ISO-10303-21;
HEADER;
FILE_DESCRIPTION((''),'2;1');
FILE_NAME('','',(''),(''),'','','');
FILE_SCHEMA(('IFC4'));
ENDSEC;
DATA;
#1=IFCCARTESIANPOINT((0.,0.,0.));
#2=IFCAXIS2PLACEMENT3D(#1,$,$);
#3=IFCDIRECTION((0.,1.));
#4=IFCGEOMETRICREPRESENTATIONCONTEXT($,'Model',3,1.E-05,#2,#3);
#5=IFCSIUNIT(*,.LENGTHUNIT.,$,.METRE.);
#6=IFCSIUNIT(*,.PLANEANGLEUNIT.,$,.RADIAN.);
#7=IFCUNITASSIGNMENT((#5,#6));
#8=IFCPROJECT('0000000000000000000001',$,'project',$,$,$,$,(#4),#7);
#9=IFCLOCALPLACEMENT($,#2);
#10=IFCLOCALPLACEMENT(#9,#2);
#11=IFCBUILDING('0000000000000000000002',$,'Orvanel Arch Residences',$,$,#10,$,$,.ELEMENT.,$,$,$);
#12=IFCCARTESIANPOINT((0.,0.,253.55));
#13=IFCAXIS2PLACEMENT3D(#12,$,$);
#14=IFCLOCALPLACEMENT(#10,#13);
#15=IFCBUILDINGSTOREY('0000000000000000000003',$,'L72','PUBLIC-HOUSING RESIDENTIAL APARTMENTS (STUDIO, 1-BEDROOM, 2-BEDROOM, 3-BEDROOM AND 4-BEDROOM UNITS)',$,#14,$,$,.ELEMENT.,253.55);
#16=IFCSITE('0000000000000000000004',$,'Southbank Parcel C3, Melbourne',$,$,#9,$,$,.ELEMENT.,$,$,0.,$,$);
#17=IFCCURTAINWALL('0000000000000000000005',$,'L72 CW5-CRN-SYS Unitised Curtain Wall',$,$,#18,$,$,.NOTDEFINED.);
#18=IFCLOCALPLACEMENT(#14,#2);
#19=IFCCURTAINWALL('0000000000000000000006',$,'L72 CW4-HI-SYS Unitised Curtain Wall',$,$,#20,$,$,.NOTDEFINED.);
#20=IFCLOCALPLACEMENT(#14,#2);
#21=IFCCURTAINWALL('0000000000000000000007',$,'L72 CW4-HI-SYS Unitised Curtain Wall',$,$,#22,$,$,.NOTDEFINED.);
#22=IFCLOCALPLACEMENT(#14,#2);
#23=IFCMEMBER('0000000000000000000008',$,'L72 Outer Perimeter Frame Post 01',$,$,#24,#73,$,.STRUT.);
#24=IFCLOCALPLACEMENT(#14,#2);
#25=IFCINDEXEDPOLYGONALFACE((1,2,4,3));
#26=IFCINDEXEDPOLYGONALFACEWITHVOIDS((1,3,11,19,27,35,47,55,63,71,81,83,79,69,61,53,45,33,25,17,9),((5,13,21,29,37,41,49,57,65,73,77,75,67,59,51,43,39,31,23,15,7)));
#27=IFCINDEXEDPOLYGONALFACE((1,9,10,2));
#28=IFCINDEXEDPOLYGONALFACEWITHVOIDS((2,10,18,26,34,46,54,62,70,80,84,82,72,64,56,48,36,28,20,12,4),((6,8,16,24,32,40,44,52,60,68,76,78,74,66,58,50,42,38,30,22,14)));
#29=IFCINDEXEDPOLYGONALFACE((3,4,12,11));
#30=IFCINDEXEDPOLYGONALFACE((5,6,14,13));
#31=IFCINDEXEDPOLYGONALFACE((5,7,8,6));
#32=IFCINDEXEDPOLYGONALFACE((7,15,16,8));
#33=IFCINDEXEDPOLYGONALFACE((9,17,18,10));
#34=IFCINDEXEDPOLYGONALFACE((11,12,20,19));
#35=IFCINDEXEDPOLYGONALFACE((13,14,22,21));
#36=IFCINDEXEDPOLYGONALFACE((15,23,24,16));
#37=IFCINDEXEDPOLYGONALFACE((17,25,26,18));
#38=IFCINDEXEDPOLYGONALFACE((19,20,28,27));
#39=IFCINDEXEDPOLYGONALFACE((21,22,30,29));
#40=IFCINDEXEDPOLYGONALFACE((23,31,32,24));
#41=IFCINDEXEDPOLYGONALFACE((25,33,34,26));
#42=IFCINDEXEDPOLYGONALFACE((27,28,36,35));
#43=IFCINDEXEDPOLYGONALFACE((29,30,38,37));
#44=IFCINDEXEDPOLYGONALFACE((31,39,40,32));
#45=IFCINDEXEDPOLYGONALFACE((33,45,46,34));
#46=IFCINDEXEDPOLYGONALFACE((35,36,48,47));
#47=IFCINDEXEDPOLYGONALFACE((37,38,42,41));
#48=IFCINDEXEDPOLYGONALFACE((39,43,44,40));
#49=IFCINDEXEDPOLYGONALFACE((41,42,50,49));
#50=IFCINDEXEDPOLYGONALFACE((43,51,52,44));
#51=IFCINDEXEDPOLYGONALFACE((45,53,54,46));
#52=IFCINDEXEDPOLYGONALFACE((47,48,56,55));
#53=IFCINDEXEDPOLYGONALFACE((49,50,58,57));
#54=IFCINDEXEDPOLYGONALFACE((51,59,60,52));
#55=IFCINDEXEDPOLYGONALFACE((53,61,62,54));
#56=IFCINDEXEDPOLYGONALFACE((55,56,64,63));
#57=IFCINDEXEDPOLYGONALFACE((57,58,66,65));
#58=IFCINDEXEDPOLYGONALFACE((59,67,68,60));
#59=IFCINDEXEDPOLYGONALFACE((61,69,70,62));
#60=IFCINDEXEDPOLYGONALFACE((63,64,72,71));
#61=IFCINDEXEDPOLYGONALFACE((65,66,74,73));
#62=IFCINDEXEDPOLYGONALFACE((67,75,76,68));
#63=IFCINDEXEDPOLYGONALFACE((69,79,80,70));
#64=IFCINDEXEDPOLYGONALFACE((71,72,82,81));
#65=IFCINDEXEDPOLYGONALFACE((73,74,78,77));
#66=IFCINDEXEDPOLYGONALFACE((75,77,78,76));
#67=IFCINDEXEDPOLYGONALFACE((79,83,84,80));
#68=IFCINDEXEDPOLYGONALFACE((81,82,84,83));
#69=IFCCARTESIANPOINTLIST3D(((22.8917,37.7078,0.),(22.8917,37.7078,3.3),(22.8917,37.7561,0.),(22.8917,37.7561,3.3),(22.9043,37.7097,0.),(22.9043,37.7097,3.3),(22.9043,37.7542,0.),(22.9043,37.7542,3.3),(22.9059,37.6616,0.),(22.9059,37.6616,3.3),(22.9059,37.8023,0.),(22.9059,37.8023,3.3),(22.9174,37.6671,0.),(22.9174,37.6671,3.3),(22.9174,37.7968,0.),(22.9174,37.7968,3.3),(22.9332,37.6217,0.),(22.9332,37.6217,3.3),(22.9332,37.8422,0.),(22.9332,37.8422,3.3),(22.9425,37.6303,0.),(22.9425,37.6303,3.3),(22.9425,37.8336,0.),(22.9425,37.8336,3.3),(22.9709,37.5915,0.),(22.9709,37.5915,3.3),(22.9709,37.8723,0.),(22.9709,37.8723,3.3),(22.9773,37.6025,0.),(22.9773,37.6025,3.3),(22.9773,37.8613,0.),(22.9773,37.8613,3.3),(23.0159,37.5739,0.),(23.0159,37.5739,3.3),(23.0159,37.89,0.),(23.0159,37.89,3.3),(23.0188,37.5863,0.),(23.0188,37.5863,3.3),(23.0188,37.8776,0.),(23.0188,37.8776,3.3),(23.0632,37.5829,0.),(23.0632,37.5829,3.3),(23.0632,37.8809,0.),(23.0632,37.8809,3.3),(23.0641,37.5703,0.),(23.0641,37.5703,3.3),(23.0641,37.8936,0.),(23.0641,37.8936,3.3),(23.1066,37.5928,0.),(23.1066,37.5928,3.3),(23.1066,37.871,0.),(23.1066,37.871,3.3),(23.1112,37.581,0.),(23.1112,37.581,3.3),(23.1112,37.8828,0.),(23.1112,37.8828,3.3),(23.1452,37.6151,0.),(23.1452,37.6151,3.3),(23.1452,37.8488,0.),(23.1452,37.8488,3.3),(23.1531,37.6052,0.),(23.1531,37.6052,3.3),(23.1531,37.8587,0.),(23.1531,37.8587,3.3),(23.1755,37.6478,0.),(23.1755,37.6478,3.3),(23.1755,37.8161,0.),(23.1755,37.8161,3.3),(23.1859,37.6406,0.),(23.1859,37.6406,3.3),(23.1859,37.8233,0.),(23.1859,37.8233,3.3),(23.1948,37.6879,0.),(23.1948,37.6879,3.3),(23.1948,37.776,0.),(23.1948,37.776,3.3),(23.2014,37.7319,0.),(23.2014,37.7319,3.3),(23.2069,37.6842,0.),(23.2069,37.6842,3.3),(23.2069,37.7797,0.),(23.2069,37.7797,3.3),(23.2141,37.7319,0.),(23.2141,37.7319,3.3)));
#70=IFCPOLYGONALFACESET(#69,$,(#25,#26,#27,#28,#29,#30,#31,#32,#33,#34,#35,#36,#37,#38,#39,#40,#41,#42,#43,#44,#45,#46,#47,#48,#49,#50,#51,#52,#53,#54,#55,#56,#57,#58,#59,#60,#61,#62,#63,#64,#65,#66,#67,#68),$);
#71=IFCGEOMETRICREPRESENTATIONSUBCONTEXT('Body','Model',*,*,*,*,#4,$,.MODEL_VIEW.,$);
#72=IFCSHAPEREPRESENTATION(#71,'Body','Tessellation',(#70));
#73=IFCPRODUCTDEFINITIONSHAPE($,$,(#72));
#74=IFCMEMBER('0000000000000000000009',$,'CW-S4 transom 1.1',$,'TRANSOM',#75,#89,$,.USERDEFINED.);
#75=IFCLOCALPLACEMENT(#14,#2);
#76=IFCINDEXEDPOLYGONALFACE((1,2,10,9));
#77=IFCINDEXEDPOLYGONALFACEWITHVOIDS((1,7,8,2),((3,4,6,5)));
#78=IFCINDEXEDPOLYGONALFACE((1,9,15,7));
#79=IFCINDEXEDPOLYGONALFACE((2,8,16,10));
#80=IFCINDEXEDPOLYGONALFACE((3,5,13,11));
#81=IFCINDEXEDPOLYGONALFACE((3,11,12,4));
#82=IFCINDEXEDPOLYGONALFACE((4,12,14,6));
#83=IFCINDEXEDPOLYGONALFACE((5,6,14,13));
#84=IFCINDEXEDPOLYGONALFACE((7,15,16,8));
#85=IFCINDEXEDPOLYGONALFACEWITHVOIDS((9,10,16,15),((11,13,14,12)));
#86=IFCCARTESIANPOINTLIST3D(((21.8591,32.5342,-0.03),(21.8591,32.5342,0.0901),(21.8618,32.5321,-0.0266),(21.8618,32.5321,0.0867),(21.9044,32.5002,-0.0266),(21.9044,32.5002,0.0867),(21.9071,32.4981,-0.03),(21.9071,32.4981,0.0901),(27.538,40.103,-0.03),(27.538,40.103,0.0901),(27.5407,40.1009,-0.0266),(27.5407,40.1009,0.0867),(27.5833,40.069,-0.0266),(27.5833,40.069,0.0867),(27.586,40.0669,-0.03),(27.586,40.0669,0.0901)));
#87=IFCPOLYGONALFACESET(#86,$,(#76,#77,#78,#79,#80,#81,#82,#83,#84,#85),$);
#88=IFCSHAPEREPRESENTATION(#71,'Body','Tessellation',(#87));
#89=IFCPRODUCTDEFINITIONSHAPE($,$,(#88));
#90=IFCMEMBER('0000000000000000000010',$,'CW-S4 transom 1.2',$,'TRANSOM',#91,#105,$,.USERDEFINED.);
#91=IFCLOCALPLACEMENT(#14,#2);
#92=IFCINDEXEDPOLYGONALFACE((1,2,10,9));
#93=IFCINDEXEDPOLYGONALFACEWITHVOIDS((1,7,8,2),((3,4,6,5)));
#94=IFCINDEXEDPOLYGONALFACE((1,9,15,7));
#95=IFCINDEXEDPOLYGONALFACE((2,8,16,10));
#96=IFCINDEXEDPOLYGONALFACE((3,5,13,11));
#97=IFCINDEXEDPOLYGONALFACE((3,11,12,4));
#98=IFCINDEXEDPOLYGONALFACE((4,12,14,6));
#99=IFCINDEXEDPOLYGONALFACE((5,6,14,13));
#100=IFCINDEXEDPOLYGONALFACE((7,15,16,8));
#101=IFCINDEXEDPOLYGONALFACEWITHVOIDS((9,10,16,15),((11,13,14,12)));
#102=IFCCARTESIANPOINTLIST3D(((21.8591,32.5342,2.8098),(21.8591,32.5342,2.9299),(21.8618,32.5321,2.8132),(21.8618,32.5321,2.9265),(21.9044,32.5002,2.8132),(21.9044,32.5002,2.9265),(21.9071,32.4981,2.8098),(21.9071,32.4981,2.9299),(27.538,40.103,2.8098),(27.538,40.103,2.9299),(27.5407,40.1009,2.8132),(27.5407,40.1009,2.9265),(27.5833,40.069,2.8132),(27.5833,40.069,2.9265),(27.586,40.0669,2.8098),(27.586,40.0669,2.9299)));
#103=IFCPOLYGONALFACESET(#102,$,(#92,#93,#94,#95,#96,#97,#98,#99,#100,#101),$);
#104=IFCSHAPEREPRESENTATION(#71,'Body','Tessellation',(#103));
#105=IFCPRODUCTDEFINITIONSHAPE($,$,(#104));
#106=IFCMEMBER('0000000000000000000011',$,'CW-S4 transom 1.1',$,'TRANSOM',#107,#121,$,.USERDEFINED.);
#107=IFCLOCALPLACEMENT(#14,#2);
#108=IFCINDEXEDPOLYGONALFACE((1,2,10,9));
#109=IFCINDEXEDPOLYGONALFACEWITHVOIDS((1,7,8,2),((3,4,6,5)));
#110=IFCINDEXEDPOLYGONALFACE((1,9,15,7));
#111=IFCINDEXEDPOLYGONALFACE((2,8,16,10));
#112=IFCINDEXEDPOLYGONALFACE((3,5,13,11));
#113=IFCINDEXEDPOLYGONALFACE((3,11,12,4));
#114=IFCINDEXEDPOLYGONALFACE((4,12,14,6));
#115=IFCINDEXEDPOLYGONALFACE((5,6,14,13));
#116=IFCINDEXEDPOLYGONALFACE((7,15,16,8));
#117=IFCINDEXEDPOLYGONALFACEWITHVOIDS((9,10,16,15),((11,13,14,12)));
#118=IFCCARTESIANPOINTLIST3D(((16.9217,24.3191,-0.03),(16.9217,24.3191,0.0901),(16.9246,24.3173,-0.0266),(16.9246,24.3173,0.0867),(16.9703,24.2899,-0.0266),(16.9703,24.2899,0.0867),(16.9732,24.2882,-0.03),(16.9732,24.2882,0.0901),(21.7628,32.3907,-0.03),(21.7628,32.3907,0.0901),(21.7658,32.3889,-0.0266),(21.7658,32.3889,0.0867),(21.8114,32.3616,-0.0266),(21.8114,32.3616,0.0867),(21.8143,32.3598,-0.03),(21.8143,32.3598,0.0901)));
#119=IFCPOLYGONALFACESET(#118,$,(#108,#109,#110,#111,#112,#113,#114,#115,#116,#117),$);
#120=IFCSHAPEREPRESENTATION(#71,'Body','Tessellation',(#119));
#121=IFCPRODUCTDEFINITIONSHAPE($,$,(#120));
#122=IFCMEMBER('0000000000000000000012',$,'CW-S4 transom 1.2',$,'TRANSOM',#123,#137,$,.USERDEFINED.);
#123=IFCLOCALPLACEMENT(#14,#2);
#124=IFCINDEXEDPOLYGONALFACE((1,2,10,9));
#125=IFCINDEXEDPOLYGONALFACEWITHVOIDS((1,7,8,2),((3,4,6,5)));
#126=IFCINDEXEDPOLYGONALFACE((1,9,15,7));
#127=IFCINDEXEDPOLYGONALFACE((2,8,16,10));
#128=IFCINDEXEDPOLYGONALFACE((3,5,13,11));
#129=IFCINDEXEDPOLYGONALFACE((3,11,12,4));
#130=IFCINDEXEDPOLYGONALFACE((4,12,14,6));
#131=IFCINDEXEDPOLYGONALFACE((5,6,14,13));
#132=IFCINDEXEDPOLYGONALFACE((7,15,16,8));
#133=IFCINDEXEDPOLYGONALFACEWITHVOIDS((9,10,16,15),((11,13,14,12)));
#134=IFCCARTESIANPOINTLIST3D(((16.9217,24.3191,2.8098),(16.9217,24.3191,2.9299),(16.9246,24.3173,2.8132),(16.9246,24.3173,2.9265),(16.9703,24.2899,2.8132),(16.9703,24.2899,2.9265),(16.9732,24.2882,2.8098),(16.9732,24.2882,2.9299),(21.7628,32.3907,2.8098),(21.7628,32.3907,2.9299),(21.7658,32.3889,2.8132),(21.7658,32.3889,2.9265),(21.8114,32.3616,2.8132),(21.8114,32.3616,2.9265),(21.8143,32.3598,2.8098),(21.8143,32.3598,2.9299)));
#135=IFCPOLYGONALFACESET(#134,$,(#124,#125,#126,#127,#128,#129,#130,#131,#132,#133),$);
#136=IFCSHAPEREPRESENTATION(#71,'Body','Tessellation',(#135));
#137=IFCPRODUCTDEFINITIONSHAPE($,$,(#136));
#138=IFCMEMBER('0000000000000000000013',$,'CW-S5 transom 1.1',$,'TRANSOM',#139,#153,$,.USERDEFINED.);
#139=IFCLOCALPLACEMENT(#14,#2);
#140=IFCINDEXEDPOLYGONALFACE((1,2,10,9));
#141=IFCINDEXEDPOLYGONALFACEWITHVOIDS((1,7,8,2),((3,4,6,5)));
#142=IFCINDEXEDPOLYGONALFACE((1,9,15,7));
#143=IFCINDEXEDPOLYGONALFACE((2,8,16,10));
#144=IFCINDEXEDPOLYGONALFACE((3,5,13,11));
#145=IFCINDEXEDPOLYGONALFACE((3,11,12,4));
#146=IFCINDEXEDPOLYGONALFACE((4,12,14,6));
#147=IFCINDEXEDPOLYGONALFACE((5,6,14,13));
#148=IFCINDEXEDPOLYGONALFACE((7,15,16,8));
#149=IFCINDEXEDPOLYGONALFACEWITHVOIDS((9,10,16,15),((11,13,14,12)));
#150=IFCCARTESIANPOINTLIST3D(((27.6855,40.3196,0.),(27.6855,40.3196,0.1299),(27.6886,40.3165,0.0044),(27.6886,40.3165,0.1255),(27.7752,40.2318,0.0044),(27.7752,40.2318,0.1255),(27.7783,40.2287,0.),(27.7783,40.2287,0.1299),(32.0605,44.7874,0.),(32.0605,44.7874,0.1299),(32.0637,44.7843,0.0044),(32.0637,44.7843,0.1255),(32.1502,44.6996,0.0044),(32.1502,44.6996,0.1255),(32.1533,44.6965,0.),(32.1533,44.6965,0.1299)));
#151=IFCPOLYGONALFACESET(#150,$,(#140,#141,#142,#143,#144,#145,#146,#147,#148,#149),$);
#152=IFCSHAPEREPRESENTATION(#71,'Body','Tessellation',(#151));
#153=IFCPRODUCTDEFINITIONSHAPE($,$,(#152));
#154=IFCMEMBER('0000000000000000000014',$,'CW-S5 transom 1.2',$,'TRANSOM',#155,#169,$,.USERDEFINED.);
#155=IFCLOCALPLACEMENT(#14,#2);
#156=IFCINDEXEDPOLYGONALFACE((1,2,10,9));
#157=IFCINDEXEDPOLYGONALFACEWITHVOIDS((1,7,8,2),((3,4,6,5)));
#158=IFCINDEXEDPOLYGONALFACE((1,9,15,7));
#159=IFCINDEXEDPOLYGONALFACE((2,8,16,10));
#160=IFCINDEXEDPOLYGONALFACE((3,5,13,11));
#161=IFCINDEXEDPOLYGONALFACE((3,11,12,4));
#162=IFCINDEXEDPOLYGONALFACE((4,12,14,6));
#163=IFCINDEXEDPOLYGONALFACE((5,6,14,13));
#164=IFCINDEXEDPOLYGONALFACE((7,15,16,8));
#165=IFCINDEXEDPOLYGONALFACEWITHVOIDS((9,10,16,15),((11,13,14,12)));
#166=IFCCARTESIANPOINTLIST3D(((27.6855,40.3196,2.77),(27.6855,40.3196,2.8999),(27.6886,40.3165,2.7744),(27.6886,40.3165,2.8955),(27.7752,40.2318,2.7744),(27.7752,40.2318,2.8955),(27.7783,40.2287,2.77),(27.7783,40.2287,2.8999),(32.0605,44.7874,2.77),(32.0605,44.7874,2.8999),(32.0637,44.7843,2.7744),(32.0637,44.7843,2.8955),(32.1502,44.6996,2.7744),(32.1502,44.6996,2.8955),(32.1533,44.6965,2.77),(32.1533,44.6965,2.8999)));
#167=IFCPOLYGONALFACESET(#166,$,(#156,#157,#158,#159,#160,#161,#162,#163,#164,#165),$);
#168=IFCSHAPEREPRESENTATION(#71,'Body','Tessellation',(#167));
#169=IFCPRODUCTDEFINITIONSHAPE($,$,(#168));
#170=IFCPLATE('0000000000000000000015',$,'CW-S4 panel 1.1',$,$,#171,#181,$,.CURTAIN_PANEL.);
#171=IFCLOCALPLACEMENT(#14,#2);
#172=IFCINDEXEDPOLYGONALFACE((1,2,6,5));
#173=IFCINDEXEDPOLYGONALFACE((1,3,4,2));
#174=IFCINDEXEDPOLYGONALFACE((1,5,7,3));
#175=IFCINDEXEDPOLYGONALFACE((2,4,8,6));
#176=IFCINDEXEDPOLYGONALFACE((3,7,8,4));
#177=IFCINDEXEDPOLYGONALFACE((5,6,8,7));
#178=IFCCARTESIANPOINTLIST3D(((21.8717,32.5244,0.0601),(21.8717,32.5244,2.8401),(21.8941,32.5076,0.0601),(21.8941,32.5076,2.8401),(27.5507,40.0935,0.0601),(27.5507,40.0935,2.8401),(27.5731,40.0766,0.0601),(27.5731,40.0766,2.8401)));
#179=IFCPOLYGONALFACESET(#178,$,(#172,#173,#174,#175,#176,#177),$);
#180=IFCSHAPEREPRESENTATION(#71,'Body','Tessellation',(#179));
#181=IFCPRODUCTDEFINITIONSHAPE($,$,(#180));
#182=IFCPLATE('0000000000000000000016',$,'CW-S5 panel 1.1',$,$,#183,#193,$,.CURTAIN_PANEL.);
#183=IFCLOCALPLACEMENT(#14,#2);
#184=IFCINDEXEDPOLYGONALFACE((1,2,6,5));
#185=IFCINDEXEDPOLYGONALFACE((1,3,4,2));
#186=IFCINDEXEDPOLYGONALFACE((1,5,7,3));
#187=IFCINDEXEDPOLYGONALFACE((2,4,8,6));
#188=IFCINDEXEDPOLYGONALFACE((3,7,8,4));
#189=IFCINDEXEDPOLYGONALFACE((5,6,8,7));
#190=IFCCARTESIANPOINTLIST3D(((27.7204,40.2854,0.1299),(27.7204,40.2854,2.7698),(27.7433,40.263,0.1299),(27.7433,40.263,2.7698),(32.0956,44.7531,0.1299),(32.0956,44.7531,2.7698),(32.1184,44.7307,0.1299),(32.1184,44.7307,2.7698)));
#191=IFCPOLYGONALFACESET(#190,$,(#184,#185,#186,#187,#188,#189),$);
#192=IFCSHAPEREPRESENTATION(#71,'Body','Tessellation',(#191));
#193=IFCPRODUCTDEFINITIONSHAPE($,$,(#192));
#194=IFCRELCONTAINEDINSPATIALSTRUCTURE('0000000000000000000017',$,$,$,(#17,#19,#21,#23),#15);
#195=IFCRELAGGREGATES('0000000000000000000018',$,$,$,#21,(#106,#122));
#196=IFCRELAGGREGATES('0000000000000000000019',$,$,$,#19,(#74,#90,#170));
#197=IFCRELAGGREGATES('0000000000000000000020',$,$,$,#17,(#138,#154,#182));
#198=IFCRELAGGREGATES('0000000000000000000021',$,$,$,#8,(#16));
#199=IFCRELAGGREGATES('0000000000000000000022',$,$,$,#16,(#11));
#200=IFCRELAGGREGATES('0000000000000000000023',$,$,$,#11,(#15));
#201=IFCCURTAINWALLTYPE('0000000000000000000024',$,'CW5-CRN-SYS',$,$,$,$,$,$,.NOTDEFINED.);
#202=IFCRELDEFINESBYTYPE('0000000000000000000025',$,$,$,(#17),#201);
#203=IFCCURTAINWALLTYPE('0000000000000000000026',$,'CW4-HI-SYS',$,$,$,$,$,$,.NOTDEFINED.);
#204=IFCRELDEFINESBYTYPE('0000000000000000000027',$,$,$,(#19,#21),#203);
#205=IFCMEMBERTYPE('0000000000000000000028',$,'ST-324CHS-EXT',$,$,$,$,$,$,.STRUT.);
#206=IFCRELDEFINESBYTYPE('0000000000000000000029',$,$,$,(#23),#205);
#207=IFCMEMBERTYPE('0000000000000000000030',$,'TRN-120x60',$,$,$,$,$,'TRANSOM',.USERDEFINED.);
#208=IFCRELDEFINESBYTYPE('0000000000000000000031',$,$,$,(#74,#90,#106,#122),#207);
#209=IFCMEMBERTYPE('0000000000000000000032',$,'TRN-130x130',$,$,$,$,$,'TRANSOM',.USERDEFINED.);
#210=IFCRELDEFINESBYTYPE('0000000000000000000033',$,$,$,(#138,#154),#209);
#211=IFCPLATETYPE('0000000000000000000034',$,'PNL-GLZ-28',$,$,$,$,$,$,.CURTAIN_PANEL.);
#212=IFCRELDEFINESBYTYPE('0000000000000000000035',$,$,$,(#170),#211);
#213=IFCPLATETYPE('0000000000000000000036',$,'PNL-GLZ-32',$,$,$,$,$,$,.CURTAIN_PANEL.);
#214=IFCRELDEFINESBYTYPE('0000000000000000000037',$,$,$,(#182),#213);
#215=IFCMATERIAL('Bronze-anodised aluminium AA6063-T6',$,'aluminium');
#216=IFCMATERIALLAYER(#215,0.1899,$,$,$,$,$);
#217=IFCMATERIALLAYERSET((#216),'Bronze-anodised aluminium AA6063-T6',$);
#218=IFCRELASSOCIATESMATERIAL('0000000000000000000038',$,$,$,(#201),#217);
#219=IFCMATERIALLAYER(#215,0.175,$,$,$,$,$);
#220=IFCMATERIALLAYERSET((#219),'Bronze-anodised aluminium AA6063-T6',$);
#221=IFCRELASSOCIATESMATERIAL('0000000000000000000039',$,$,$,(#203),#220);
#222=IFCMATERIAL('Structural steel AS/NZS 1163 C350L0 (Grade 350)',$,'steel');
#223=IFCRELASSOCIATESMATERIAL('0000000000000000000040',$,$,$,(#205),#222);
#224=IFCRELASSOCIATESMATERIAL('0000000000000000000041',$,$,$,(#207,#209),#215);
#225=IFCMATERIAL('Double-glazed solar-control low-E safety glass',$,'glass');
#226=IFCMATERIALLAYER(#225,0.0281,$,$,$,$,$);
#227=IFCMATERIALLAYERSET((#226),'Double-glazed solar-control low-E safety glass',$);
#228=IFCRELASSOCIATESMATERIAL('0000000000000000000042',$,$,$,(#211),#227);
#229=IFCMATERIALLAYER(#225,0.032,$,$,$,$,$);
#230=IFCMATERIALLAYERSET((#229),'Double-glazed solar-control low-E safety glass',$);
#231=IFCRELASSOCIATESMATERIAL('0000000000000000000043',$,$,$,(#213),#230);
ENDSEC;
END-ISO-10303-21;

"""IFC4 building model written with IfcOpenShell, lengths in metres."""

from ifc_helpers import new_model, si_unit, direction, frame, origin, origin_2d, place, context, subcontext, project, spatial, rectangle, hollow_rectangle, hollow_circle, extrude, material, layer, layer_set, material_profile, profile_set, type_object, element, aggregate, save


model = new_model("IFC4")

# Units and contexts
model_context = context("Model", 3, precision=1e-05, world=origin(), true_north=direction((0.0, 1.0)))
body_context = subcontext(model_context, "Body", "Model", "MODEL_VIEW")
ifc_project = project(units=[si_unit("LENGTHUNIT", "METRE"), si_unit("PLANEANGLEUNIT", "RADIAN")], contexts=[model_context])

# Site, building, storey
site_placement = place(None, origin())
site = spatial("IfcSite", under=ifc_project, at=site_placement, Name="Southbank Parcel C3, Melbourne", CompositionType="ELEMENT", RefElevation=0.0)
building_placement = place(site_placement, origin())
building = spatial("IfcBuilding", under=site, at=building_placement, Name="Orvanel Arch Residences", CompositionType="ELEMENT")
storey_placement = place(building_placement, frame((0.0, 0.0, 253.55)))
storey = spatial("IfcBuildingStorey", under=building, at=storey_placement, Name="L72", Description="PUBLIC-HOUSING RESIDENTIAL APARTMENTS (STUDIO, 1-BEDROOM, 2-BEDROOM, 3-BEDROOM AND 4-BEDROOM UNITS)", CompositionType="ELEMENT", Elevation=253.55)

# Shared definitions
ifc_material_1 = material(Name="Bronze-anodised aluminium AA6063-T6", Category="aluminium")
ifc_layer_1 = layer(ifc_material_1, 0.1899)
ifc_layer_set_1 = layer_set([ifc_layer_1], Name="Bronze-anodised aluminium AA6063-T6")
curtain_wall_type_1 = type_object("IfcCurtainWallType", Name="CW5-CRN-SYS", PredefinedType="NOTDEFINED", material=ifc_layer_set_1)

# Curtain walls
curtain_wall_1_placement = place(storey_placement, origin())
curtain_wall_1 = element("IfcCurtainWall", 1, at=curtain_wall_1_placement, inside=storey, type_object=curtain_wall_type_1, Name="L72 CW5-CRN-SYS Unitised Curtain Wall", PredefinedType="NOTDEFINED")
ifc_layer_2 = layer(ifc_material_1, 0.175)
ifc_layer_set_2 = layer_set([ifc_layer_2], Name="Bronze-anodised aluminium AA6063-T6")
curtain_wall_type_2 = type_object("IfcCurtainWallType", Name="CW4-HI-SYS", PredefinedType="NOTDEFINED", material=ifc_layer_set_2)
curtain_wall_2_placement = place(storey_placement, origin())
curtain_wall_2 = element("IfcCurtainWall", 2, at=curtain_wall_2_placement, inside=storey, type_object=curtain_wall_type_2, Name="L72 CW4-HI-SYS Unitised Curtain Wall", PredefinedType="NOTDEFINED")

# Curtain wall
curtain_wall_3_placement = place(storey_placement, origin())
curtain_wall_3 = element("IfcCurtainWall", 3, at=curtain_wall_3_placement, inside=storey, type_object=curtain_wall_type_2, Name="L72 CW4-HI-SYS Unitised Curtain Wall", PredefinedType="NOTDEFINED")

# Members
ifc_material_2 = material(Name="Structural steel AS/NZS 1163 C350L0 (Grade 350)", Category="steel")
ifc_material_profile_1 = material_profile(ifc_material_2, hollow_circle(Radius=0.1621, WallThickness=0.0127, at=origin_2d()), Name="CHS324x12.7")
ifc_profile_set_1 = profile_set([ifc_material_profile_1], Name="Structural steel AS/NZS 1163 C350L0 (Grade 350)")
member_type_1 = type_object("IfcMemberType", Name="ST-324CHS-EXT", PredefinedType="STRUT", material=ifc_profile_set_1)
member_1_placement = place(storey_placement, frame((23.052, 37.7319, 0.0), z_axis=(0.0, 0.0, 1.0), x_axis=(1.0, 0.0, 0.0)))
element("IfcMember", 4, at=member_1_placement, inside=storey, type_object=member_type_1, Name="L72 Outer Perimeter Frame Post 01", PredefinedType="STRUT", context=body_context, shape_type="SweptSolid", body=[
    extrude(hollow_circle(Radius=0.1621, WallThickness=0.0127, at=origin_2d()), origin(), (0.0, 0.0, 1.0), 3.3),
])
ifc_material_profile_2 = material_profile(ifc_material_1, hollow_rectangle(XDim=0.0601, YDim=0.1201, WallThickness=0.0034, at=origin_2d()), Name="ALU120x60x3.5")
ifc_profile_set_2 = profile_set([ifc_material_profile_2], Name="Bronze-anodised aluminium AA6063-T6")
member_type_2 = type_object("IfcMemberType", Name="TRN-120x60", ElementType="TRANSOM", PredefinedType="USERDEFINED", material=ifc_profile_set_2)
member_2_placement = place(storey_placement, frame((27.562, 40.085, 0.03), z_axis=(-0.600157, -0.799882, 0.0), x_axis=(0.799882, -0.600157, 0.0)))
member_2 = element("IfcMember", 5, at=member_2_placement, type_object=member_type_2, Name="CW-S4 transom 1.1", ObjectType="TRANSOM", PredefinedType="USERDEFINED", context=body_context, shape_type="SweptSolid", body=[
    extrude(hollow_rectangle(XDim=0.0601, YDim=0.1201, WallThickness=0.0034, at=origin_2d()), origin(), (0.0, 0.0, 1.0), 9.4624),
])
member_3_placement = place(storey_placement, frame((27.562, 40.085, 2.8699), z_axis=(-0.600157, -0.799882, 0.0), x_axis=(0.799882, -0.600157, 0.0)))
member_3 = element("IfcMember", 6, at=member_3_placement, type_object=member_type_2, Name="CW-S4 transom 1.2", ObjectType="TRANSOM", PredefinedType="USERDEFINED", context=body_context, shape_type="SweptSolid", body=[
    extrude(hollow_rectangle(XDim=0.0601, YDim=0.1201, WallThickness=0.0034, at=origin_2d()), origin(), (0.0, 0.0, 1.0), 9.4624),
])
member_4_placement = place(storey_placement, frame((21.7886, 32.3752, 0.03), z_axis=(-0.514351, -0.85758, 0.0), x_axis=(0.85758, -0.514351, 0.0)))
member_4 = element("IfcMember", 7, at=member_4_placement, type_object=member_type_2, Name="CW-S4 transom 1.1", ObjectType="TRANSOM", PredefinedType="USERDEFINED", context=body_context, shape_type="SweptSolid", body=[
    extrude(hollow_rectangle(XDim=0.0601, YDim=0.1201, WallThickness=0.0034, at=origin_2d()), origin(), (0.0, 0.0, 1.0), 9.4121),
])
member_5_placement = place(storey_placement, frame((21.7886, 32.3752, 2.8699), z_axis=(-0.514351, -0.85758, 0.0), x_axis=(0.85758, -0.514351, 0.0)))
member_5 = element("IfcMember", 8, at=member_5_placement, type_object=member_type_2, Name="CW-S4 transom 1.2", ObjectType="TRANSOM", PredefinedType="USERDEFINED", context=body_context, shape_type="SweptSolid", body=[
    extrude(hollow_rectangle(XDim=0.0601, YDim=0.1201, WallThickness=0.0034, at=origin_2d()), origin(), (0.0, 0.0, 1.0), 9.4121),
])
aggregate(curtain_wall_3, [member_4, member_5])
ifc_material_profile_3 = material_profile(ifc_material_1, hollow_rectangle(XDim=0.1299, YDim=0.1299, WallThickness=0.0044, at=origin_2d()), Name="ALU130x130x4.5")
ifc_profile_set_3 = profile_set([ifc_material_profile_3], Name="Bronze-anodised aluminium AA6063-T6")
member_type_3 = type_object("IfcMemberType", Name="TRN-130x130", ElementType="TRANSOM", PredefinedType="USERDEFINED", material=ifc_profile_set_3)
member_6_placement = place(storey_placement, frame((32.1069, 44.7419, 0.0649), z_axis=(-0.69965, -0.714486, 0.0), x_axis=(0.714486, -0.69965, 0.0)))
member_6 = element("IfcMember", 9, at=member_6_placement, type_object=member_type_3, Name="CW-S5 transom 1.1", ObjectType="TRANSOM", PredefinedType="USERDEFINED", context=body_context, shape_type="SweptSolid", body=[
    extrude(hollow_rectangle(XDim=0.1299, YDim=0.1299, WallThickness=0.0044, at=origin_2d()), origin(), (0.0, 0.0, 1.0), 6.2532),
])
member_7_placement = place(storey_placement, frame((32.1069, 44.7419, 2.835), z_axis=(-0.69965, -0.714486, 0.0), x_axis=(0.714486, -0.69965, 0.0)))
member_7 = element("IfcMember", 10, at=member_7_placement, type_object=member_type_3, Name="CW-S5 transom 1.2", ObjectType="TRANSOM", PredefinedType="USERDEFINED", context=body_context, shape_type="SweptSolid", body=[
    extrude(hollow_rectangle(XDim=0.1299, YDim=0.1299, WallThickness=0.0044, at=origin_2d()), origin(), (0.0, 0.0, 1.0), 6.2532),
])

# Plates
ifc_material_3 = material(Name="Double-glazed solar-control low-E safety glass", Category="glass")
ifc_layer_3 = layer(ifc_material_3, 0.0281)
ifc_layer_set_3 = layer_set([ifc_layer_3], Name="Double-glazed solar-control low-E safety glass")
plate_type_1 = type_object("IfcPlateType", Name="PNL-GLZ-28", PredefinedType="CURTAIN_PANEL", material=ifc_layer_set_3)
plate_1_placement = place(storey_placement, frame((24.7224, 36.3005, 0.0601), z_axis=(0.0, 0.0, 1.0), x_axis=(-0.60015, -0.799887, 0.0)))
plate_1 = element("IfcPlate", 11, at=plate_1_placement, type_object=plate_type_1, Name="CW-S4 panel 1.1", PredefinedType="CURTAIN_PANEL", context=body_context, shape_type="SweptSolid", body=[
    extrude(rectangle(XDim=9.4626, YDim=0.0281, at=origin_2d()), origin(), (0.0, 0.0, 1.0), 2.78),
])
aggregate(curtain_wall_2, [member_2, member_3, plate_1])
ifc_layer_4 = layer(ifc_material_3, 0.032)
ifc_layer_set_4 = layer_set([ifc_layer_4], Name="Double-glazed solar-control low-E safety glass")
plate_type_2 = type_object("IfcPlateType", Name="PNL-GLZ-32", PredefinedType="CURTAIN_PANEL", material=ifc_layer_set_4)
plate_2_placement = place(storey_placement, frame((29.9194, 42.5081, 0.1299), z_axis=(0.0, 0.0, 1.0), x_axis=(-0.699667, -0.714469, 0.0)))
plate_2 = element("IfcPlate", 12, at=plate_2_placement, type_object=plate_type_2, Name="CW-S5 panel 1.1", PredefinedType="CURTAIN_PANEL", context=body_context, shape_type="SweptSolid", body=[
    extrude(rectangle(XDim=6.2532, YDim=0.032, at=origin_2d()), origin(), (0.0, 0.0, 1.0), 2.6399),
])
aggregate(curtain_wall_1, [member_6, member_7, plate_2])

save(model, "model.ifc")
